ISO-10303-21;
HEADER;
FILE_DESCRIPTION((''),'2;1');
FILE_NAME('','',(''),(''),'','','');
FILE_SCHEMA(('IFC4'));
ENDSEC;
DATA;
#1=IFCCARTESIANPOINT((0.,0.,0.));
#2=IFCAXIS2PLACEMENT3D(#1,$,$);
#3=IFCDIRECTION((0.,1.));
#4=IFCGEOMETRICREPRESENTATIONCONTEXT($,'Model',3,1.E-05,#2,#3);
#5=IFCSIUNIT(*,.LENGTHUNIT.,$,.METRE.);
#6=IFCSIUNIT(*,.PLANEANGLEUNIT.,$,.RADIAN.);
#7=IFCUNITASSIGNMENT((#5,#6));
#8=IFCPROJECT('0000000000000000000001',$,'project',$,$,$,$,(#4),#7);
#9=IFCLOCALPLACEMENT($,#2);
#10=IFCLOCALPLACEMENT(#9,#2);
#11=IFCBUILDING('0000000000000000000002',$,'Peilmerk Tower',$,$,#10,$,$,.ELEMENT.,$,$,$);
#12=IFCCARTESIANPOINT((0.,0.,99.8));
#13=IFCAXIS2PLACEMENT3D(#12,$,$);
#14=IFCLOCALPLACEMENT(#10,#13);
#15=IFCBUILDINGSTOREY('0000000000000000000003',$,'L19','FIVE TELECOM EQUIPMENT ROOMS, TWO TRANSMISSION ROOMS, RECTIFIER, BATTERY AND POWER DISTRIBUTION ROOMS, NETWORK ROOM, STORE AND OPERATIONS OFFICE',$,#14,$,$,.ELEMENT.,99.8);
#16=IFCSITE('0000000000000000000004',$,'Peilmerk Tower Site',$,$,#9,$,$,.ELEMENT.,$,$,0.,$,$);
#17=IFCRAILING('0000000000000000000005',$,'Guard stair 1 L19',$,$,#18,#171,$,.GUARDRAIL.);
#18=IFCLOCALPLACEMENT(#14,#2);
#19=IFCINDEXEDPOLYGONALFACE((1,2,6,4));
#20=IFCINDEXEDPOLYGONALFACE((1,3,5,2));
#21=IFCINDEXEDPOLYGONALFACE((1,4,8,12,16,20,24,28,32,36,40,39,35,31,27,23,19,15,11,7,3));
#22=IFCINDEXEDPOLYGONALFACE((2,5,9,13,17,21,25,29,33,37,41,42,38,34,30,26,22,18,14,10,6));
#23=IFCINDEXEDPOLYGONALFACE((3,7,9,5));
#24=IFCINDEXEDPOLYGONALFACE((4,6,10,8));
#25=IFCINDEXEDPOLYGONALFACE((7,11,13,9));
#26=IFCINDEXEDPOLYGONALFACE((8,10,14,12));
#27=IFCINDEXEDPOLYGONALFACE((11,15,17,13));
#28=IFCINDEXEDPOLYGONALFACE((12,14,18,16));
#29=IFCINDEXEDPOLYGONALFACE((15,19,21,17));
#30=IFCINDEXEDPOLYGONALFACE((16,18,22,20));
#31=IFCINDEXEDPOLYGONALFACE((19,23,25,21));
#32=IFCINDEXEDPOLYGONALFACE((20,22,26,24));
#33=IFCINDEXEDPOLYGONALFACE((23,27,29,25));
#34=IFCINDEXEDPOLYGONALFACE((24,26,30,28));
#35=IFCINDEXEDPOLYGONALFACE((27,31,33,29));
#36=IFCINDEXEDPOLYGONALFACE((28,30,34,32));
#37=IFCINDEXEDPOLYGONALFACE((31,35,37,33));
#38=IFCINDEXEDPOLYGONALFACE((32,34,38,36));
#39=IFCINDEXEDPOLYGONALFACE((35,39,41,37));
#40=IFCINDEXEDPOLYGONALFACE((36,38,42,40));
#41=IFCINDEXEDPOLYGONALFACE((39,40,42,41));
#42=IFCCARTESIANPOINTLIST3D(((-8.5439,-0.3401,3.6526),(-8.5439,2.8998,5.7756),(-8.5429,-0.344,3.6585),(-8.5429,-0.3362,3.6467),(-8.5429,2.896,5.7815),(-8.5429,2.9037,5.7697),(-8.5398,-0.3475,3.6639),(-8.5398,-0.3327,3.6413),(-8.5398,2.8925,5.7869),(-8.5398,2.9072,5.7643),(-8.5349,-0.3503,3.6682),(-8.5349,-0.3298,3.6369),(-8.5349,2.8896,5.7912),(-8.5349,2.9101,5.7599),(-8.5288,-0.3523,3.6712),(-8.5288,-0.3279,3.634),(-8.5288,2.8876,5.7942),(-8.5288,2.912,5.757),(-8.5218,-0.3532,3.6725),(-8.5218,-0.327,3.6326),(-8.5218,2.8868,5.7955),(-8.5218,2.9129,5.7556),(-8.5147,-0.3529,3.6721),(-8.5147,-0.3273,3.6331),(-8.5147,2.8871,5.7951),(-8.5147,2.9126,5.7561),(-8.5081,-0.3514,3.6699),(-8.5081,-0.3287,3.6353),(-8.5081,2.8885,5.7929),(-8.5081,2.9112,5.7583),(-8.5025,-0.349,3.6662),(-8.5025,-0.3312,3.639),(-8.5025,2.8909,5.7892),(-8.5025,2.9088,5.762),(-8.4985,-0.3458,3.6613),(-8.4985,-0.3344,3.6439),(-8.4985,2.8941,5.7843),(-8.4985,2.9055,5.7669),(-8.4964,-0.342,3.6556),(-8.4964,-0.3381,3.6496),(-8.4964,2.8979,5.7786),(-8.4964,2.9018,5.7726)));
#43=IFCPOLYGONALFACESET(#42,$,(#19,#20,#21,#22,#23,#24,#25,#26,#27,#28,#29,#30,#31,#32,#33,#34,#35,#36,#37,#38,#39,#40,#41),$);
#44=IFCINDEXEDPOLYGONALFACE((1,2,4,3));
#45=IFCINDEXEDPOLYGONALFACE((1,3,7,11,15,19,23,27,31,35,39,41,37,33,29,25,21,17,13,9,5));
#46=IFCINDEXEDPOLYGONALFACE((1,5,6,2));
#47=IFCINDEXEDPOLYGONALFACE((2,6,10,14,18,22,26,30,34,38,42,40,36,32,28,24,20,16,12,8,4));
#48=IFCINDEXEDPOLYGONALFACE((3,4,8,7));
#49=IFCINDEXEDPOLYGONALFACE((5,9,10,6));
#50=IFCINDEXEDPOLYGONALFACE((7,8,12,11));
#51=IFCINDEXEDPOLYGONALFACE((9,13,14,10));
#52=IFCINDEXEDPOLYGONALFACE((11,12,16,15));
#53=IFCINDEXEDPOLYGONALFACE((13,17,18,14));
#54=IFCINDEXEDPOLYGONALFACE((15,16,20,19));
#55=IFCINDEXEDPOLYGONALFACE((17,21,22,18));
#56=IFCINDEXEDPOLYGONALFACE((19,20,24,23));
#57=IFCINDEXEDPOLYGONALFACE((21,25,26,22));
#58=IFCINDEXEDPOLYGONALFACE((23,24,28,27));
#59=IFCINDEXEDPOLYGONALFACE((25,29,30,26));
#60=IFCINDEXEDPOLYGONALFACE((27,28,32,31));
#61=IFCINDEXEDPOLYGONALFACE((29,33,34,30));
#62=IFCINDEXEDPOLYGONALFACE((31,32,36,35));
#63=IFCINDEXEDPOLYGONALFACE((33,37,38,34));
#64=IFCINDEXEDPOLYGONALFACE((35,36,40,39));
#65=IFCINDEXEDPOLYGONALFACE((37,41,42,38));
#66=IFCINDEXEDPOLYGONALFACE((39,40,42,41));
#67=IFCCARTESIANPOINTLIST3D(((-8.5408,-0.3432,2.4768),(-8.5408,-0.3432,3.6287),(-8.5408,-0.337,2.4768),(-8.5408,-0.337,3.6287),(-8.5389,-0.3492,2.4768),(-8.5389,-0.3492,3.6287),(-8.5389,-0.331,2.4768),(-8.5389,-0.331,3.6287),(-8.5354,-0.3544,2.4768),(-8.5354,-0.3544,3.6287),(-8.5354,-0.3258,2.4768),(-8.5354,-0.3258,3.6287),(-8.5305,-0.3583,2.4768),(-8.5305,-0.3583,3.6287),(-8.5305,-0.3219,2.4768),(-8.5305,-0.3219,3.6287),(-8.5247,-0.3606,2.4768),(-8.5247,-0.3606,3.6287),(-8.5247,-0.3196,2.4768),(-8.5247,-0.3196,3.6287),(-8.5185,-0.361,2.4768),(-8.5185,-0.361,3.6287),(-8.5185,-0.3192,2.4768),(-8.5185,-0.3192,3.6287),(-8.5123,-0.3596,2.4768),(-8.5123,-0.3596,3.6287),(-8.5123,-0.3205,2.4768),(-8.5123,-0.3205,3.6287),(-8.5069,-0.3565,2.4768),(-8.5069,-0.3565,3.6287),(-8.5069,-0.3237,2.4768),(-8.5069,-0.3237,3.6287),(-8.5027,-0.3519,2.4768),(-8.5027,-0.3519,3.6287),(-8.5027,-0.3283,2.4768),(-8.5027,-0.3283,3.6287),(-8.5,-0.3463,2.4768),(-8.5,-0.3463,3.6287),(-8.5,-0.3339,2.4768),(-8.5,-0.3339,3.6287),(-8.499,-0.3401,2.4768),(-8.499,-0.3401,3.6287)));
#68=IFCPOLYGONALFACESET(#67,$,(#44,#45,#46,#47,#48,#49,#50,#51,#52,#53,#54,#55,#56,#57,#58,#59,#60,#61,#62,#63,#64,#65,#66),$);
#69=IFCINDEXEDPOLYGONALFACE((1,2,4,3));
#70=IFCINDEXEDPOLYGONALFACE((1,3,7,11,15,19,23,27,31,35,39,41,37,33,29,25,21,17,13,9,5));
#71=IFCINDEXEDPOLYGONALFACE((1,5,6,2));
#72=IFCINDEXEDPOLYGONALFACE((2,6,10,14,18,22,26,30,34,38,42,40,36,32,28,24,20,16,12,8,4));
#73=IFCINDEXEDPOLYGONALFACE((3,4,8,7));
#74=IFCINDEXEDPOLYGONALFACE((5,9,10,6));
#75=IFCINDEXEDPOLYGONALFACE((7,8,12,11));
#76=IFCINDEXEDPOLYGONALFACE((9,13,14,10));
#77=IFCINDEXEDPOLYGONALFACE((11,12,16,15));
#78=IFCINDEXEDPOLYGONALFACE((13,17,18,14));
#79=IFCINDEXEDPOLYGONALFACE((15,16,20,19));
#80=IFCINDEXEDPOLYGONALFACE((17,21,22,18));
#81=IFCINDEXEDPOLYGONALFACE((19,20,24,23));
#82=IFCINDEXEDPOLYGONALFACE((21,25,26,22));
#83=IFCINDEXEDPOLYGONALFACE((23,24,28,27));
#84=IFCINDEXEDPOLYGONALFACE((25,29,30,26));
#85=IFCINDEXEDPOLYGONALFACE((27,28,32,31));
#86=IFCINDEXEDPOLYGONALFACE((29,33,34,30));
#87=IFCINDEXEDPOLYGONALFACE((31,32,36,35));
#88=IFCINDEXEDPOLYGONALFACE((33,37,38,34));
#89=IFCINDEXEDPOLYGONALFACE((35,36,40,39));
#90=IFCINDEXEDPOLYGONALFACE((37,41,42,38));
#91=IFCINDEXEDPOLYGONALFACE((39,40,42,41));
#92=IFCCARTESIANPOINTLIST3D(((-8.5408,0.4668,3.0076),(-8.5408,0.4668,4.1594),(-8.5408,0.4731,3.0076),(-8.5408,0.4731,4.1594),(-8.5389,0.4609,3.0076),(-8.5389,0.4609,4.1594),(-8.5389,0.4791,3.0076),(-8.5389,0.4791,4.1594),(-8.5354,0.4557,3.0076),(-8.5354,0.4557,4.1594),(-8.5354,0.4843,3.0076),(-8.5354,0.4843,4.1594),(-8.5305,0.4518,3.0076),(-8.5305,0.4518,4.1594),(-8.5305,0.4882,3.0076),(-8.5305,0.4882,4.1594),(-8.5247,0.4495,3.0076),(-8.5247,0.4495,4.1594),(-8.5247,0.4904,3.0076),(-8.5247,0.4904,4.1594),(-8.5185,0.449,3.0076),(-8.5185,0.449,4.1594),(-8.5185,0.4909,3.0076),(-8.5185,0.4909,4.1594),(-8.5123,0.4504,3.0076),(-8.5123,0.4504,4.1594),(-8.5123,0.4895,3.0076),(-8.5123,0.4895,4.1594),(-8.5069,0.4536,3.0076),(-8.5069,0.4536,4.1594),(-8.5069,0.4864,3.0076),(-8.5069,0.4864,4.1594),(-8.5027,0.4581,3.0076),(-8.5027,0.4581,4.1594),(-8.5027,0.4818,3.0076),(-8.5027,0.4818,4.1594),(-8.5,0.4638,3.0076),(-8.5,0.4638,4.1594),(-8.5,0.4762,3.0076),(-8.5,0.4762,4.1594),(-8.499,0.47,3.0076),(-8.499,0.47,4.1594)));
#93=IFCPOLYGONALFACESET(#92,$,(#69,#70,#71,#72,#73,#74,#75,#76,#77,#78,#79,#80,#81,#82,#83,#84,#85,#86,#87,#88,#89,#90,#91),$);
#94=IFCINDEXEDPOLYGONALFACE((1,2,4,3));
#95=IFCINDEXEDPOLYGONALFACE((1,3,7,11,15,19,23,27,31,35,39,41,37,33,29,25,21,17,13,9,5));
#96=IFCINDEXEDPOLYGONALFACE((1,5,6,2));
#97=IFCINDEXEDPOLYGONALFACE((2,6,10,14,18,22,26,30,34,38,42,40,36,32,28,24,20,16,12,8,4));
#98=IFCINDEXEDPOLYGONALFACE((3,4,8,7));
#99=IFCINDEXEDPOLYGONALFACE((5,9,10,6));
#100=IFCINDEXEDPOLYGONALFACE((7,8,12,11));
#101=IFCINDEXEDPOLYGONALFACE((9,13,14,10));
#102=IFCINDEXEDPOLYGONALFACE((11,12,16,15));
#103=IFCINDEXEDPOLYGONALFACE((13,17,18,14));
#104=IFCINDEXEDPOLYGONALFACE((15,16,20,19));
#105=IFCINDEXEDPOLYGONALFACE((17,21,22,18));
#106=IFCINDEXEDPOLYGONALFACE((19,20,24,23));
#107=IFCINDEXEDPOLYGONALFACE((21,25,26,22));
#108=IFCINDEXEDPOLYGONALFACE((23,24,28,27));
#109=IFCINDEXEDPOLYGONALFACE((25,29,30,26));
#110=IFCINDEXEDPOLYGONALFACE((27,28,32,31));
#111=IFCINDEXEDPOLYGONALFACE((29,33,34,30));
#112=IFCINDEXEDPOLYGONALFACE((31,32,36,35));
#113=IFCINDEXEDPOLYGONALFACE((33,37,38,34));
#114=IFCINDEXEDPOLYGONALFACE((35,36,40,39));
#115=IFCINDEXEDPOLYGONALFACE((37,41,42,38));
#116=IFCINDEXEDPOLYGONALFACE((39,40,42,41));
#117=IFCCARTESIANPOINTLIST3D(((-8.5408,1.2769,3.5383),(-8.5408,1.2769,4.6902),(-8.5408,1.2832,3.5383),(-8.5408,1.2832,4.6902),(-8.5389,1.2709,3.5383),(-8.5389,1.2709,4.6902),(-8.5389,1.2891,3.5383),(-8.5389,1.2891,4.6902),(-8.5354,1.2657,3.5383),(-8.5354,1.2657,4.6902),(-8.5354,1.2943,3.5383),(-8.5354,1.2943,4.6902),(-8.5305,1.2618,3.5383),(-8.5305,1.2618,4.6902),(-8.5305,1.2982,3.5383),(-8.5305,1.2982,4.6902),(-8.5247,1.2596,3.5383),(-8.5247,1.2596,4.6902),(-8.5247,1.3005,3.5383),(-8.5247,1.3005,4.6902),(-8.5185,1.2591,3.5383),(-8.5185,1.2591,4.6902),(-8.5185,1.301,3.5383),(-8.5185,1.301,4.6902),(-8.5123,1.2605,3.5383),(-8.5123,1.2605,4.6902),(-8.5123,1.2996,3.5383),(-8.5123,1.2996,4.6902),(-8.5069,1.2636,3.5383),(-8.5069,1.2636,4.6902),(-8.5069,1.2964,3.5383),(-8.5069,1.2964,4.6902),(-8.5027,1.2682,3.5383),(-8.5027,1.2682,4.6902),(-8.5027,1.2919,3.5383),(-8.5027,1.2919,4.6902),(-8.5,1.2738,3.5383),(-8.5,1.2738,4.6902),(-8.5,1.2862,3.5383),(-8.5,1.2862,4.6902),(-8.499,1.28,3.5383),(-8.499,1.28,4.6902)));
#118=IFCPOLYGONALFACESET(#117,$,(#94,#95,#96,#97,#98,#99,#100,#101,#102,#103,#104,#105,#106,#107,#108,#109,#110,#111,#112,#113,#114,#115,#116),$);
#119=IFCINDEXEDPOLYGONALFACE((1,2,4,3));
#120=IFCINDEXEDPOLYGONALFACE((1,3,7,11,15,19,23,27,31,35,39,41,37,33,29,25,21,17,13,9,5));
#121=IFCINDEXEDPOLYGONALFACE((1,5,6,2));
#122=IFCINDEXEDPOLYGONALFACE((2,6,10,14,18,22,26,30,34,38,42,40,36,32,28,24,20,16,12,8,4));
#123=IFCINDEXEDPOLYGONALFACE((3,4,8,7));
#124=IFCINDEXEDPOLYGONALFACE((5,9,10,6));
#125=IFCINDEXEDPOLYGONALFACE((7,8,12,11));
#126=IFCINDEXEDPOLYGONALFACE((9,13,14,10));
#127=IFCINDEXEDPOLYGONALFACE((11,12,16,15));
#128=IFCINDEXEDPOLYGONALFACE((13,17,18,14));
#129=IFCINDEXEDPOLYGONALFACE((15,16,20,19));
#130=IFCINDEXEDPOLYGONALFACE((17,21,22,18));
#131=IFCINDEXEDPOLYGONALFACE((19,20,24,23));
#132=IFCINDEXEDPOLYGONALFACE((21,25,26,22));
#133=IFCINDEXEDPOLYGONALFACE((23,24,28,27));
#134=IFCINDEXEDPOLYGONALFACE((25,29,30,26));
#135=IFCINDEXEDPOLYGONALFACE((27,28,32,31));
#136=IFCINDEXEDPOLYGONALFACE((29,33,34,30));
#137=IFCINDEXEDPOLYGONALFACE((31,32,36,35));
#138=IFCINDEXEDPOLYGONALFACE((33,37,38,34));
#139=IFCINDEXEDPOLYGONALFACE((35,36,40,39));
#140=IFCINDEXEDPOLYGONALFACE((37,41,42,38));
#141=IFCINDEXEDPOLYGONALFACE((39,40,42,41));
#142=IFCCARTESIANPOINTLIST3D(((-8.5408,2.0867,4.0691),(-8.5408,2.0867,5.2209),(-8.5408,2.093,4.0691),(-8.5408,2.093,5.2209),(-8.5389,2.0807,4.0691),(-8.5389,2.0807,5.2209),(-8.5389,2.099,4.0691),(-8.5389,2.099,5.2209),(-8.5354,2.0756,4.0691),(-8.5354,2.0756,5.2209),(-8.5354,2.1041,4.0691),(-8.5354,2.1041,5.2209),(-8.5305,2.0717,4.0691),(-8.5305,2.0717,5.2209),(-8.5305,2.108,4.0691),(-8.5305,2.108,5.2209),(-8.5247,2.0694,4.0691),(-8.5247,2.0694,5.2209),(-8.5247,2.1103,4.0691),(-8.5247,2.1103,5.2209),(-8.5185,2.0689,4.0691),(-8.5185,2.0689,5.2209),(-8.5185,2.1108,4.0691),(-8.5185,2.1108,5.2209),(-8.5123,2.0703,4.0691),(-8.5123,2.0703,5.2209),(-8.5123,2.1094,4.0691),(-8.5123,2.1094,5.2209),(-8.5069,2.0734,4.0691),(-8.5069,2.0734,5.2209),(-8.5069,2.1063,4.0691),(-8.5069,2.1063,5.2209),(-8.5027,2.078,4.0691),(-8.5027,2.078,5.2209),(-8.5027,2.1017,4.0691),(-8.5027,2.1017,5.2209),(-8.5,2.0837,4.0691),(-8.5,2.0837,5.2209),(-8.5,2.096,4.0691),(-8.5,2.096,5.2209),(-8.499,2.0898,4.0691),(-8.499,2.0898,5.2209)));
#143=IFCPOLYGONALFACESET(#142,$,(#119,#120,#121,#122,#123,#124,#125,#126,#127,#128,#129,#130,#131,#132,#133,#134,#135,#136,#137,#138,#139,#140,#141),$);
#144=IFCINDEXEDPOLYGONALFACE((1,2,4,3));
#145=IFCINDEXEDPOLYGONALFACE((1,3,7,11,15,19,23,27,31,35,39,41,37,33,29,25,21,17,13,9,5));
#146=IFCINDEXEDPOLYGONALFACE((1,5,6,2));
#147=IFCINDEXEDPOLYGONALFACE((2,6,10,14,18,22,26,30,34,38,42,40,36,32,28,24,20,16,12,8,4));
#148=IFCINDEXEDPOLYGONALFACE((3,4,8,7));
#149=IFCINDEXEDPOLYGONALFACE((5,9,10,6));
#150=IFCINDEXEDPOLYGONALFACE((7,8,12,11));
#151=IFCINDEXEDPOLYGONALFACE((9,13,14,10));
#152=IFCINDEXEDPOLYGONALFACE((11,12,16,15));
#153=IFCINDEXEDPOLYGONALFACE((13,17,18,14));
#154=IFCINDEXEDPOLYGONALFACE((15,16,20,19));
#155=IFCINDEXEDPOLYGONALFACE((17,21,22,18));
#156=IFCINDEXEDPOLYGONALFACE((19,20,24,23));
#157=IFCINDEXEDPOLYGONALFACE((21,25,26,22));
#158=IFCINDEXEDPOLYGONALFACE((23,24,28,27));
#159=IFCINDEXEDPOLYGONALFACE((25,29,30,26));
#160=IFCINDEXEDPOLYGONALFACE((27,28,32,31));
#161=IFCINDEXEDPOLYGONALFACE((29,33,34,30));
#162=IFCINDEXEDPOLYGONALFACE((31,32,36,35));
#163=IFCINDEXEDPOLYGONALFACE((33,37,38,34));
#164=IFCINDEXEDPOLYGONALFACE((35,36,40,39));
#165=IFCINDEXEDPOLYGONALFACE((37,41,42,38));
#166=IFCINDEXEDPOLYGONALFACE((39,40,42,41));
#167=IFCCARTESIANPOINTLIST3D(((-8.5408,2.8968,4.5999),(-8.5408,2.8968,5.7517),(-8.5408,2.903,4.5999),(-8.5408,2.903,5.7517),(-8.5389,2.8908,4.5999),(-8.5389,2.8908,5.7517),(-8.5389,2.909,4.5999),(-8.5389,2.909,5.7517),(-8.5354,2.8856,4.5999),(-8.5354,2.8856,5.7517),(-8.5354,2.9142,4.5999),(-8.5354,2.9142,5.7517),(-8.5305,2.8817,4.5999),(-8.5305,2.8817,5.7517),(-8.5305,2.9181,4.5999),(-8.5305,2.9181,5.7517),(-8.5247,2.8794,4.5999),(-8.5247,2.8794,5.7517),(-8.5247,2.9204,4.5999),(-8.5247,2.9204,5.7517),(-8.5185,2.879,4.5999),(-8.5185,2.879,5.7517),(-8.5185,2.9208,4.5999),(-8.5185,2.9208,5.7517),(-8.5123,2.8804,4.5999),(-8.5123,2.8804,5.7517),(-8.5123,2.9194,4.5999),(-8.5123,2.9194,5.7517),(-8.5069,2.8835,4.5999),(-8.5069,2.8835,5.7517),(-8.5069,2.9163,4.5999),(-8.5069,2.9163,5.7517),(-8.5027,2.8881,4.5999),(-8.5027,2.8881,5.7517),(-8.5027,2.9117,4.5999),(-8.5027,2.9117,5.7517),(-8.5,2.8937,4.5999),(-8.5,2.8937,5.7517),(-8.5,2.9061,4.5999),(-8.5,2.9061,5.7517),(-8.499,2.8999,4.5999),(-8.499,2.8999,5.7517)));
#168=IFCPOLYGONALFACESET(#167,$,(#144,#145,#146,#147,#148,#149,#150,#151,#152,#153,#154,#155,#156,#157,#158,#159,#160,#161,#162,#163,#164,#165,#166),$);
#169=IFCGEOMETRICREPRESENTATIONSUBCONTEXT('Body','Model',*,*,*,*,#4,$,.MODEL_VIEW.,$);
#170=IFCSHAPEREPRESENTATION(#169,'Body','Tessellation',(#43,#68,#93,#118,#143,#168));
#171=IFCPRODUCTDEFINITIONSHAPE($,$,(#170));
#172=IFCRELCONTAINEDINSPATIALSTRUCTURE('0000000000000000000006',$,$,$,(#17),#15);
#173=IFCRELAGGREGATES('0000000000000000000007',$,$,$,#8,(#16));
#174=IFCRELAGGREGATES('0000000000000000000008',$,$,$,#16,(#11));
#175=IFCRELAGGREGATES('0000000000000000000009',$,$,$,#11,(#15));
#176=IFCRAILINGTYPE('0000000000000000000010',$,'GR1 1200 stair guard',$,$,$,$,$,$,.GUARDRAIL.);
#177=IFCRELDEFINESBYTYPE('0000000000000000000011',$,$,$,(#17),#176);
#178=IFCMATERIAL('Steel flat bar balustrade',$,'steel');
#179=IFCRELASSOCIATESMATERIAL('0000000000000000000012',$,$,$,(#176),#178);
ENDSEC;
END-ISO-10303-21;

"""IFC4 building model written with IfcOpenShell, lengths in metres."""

from ifc_helpers import new_model, si_unit, direction, frame, origin, origin_2d, place, context, subcontext, project, spatial, circle, extrude, material, type_object, element, save


model = new_model("IFC4")

# Units and contexts
model_context = context("Model", 3, precision=1e-05, world=origin(), true_north=direction((0.0, 1.0)))
body_context = subcontext(model_context, "Body", "Model", "MODEL_VIEW")
ifc_project = project(units=[si_unit("LENGTHUNIT", "METRE"), si_unit("PLANEANGLEUNIT", "RADIAN")], contexts=[model_context])

# Site, building, storey
site_placement = place(None, origin())
site = spatial("IfcSite", under=ifc_project, at=site_placement, Name="Peilmerk Tower Site", CompositionType="ELEMENT", RefElevation=0.0)
building_placement = place(site_placement, origin())
building = spatial("IfcBuilding", under=site, at=building_placement, Name="Peilmerk Tower", CompositionType="ELEMENT")
storey_placement = place(building_placement, frame((0.0, 0.0, 99.8)))
storey = spatial("IfcBuildingStorey", under=building, at=storey_placement, Name="L19", Description="FIVE TELECOM EQUIPMENT ROOMS, TWO TRANSMISSION ROOMS, RECTIFIER, BATTERY AND POWER DISTRIBUTION ROOMS, NETWORK ROOM, STORE AND OPERATIONS OFFICE", CompositionType="ELEMENT", Elevation=99.8)

# Railing
ifc_material_1 = material(Name="Steel flat bar balustrade", Category="steel")
railing_type_1 = type_object("IfcRailingType", Name="GR1 1200 stair guard", PredefinedType="GUARDRAIL", material=ifc_material_1)
railing_1_placement = place(storey_placement, frame((-8.52, -0.3401, 2.4768)))
element("IfcRailing", 1, at=railing_1_placement, inside=storey, type_object=railing_type_1, Name="Guard stair 1 L19", PredefinedType="GUARDRAIL", context=body_context, shape_type="SweptSolid", body=[
    extrude(circle(Radius=0.0239, at=origin_2d()), frame((0.0, 0.0, 1.1758), z_axis=(0.0, 0.836426, 0.548079), x_axis=(-1.0, 0.0, 0.0)), (0.0, 0.0, 1.0), 3.8735),
    extrude(circle(Radius=0.021, at=origin_2d()), origin(), (0.0, 0.0, 1.0), 1.1519),
    extrude(circle(Radius=0.021, at=origin_2d()), frame((0.0, 0.8101, 0.5308)), (0.0, 0.0, 1.0), 1.1519),
    extrude(circle(Radius=0.021, at=origin_2d()), frame((0.0, 1.6201, 1.0615)), (0.0, 0.0, 1.0), 1.1519),
    extrude(circle(Radius=0.021, at=origin_2d()), frame((0.0, 2.4299, 1.5923)), (0.0, 0.0, 1.0), 1.1519),
    extrude(circle(Radius=0.021, at=origin_2d()), frame((0.0, 3.24, 2.123)), (0.0, 0.0, 1.0), 1.1519),
])

save(model, "model.ifc")
